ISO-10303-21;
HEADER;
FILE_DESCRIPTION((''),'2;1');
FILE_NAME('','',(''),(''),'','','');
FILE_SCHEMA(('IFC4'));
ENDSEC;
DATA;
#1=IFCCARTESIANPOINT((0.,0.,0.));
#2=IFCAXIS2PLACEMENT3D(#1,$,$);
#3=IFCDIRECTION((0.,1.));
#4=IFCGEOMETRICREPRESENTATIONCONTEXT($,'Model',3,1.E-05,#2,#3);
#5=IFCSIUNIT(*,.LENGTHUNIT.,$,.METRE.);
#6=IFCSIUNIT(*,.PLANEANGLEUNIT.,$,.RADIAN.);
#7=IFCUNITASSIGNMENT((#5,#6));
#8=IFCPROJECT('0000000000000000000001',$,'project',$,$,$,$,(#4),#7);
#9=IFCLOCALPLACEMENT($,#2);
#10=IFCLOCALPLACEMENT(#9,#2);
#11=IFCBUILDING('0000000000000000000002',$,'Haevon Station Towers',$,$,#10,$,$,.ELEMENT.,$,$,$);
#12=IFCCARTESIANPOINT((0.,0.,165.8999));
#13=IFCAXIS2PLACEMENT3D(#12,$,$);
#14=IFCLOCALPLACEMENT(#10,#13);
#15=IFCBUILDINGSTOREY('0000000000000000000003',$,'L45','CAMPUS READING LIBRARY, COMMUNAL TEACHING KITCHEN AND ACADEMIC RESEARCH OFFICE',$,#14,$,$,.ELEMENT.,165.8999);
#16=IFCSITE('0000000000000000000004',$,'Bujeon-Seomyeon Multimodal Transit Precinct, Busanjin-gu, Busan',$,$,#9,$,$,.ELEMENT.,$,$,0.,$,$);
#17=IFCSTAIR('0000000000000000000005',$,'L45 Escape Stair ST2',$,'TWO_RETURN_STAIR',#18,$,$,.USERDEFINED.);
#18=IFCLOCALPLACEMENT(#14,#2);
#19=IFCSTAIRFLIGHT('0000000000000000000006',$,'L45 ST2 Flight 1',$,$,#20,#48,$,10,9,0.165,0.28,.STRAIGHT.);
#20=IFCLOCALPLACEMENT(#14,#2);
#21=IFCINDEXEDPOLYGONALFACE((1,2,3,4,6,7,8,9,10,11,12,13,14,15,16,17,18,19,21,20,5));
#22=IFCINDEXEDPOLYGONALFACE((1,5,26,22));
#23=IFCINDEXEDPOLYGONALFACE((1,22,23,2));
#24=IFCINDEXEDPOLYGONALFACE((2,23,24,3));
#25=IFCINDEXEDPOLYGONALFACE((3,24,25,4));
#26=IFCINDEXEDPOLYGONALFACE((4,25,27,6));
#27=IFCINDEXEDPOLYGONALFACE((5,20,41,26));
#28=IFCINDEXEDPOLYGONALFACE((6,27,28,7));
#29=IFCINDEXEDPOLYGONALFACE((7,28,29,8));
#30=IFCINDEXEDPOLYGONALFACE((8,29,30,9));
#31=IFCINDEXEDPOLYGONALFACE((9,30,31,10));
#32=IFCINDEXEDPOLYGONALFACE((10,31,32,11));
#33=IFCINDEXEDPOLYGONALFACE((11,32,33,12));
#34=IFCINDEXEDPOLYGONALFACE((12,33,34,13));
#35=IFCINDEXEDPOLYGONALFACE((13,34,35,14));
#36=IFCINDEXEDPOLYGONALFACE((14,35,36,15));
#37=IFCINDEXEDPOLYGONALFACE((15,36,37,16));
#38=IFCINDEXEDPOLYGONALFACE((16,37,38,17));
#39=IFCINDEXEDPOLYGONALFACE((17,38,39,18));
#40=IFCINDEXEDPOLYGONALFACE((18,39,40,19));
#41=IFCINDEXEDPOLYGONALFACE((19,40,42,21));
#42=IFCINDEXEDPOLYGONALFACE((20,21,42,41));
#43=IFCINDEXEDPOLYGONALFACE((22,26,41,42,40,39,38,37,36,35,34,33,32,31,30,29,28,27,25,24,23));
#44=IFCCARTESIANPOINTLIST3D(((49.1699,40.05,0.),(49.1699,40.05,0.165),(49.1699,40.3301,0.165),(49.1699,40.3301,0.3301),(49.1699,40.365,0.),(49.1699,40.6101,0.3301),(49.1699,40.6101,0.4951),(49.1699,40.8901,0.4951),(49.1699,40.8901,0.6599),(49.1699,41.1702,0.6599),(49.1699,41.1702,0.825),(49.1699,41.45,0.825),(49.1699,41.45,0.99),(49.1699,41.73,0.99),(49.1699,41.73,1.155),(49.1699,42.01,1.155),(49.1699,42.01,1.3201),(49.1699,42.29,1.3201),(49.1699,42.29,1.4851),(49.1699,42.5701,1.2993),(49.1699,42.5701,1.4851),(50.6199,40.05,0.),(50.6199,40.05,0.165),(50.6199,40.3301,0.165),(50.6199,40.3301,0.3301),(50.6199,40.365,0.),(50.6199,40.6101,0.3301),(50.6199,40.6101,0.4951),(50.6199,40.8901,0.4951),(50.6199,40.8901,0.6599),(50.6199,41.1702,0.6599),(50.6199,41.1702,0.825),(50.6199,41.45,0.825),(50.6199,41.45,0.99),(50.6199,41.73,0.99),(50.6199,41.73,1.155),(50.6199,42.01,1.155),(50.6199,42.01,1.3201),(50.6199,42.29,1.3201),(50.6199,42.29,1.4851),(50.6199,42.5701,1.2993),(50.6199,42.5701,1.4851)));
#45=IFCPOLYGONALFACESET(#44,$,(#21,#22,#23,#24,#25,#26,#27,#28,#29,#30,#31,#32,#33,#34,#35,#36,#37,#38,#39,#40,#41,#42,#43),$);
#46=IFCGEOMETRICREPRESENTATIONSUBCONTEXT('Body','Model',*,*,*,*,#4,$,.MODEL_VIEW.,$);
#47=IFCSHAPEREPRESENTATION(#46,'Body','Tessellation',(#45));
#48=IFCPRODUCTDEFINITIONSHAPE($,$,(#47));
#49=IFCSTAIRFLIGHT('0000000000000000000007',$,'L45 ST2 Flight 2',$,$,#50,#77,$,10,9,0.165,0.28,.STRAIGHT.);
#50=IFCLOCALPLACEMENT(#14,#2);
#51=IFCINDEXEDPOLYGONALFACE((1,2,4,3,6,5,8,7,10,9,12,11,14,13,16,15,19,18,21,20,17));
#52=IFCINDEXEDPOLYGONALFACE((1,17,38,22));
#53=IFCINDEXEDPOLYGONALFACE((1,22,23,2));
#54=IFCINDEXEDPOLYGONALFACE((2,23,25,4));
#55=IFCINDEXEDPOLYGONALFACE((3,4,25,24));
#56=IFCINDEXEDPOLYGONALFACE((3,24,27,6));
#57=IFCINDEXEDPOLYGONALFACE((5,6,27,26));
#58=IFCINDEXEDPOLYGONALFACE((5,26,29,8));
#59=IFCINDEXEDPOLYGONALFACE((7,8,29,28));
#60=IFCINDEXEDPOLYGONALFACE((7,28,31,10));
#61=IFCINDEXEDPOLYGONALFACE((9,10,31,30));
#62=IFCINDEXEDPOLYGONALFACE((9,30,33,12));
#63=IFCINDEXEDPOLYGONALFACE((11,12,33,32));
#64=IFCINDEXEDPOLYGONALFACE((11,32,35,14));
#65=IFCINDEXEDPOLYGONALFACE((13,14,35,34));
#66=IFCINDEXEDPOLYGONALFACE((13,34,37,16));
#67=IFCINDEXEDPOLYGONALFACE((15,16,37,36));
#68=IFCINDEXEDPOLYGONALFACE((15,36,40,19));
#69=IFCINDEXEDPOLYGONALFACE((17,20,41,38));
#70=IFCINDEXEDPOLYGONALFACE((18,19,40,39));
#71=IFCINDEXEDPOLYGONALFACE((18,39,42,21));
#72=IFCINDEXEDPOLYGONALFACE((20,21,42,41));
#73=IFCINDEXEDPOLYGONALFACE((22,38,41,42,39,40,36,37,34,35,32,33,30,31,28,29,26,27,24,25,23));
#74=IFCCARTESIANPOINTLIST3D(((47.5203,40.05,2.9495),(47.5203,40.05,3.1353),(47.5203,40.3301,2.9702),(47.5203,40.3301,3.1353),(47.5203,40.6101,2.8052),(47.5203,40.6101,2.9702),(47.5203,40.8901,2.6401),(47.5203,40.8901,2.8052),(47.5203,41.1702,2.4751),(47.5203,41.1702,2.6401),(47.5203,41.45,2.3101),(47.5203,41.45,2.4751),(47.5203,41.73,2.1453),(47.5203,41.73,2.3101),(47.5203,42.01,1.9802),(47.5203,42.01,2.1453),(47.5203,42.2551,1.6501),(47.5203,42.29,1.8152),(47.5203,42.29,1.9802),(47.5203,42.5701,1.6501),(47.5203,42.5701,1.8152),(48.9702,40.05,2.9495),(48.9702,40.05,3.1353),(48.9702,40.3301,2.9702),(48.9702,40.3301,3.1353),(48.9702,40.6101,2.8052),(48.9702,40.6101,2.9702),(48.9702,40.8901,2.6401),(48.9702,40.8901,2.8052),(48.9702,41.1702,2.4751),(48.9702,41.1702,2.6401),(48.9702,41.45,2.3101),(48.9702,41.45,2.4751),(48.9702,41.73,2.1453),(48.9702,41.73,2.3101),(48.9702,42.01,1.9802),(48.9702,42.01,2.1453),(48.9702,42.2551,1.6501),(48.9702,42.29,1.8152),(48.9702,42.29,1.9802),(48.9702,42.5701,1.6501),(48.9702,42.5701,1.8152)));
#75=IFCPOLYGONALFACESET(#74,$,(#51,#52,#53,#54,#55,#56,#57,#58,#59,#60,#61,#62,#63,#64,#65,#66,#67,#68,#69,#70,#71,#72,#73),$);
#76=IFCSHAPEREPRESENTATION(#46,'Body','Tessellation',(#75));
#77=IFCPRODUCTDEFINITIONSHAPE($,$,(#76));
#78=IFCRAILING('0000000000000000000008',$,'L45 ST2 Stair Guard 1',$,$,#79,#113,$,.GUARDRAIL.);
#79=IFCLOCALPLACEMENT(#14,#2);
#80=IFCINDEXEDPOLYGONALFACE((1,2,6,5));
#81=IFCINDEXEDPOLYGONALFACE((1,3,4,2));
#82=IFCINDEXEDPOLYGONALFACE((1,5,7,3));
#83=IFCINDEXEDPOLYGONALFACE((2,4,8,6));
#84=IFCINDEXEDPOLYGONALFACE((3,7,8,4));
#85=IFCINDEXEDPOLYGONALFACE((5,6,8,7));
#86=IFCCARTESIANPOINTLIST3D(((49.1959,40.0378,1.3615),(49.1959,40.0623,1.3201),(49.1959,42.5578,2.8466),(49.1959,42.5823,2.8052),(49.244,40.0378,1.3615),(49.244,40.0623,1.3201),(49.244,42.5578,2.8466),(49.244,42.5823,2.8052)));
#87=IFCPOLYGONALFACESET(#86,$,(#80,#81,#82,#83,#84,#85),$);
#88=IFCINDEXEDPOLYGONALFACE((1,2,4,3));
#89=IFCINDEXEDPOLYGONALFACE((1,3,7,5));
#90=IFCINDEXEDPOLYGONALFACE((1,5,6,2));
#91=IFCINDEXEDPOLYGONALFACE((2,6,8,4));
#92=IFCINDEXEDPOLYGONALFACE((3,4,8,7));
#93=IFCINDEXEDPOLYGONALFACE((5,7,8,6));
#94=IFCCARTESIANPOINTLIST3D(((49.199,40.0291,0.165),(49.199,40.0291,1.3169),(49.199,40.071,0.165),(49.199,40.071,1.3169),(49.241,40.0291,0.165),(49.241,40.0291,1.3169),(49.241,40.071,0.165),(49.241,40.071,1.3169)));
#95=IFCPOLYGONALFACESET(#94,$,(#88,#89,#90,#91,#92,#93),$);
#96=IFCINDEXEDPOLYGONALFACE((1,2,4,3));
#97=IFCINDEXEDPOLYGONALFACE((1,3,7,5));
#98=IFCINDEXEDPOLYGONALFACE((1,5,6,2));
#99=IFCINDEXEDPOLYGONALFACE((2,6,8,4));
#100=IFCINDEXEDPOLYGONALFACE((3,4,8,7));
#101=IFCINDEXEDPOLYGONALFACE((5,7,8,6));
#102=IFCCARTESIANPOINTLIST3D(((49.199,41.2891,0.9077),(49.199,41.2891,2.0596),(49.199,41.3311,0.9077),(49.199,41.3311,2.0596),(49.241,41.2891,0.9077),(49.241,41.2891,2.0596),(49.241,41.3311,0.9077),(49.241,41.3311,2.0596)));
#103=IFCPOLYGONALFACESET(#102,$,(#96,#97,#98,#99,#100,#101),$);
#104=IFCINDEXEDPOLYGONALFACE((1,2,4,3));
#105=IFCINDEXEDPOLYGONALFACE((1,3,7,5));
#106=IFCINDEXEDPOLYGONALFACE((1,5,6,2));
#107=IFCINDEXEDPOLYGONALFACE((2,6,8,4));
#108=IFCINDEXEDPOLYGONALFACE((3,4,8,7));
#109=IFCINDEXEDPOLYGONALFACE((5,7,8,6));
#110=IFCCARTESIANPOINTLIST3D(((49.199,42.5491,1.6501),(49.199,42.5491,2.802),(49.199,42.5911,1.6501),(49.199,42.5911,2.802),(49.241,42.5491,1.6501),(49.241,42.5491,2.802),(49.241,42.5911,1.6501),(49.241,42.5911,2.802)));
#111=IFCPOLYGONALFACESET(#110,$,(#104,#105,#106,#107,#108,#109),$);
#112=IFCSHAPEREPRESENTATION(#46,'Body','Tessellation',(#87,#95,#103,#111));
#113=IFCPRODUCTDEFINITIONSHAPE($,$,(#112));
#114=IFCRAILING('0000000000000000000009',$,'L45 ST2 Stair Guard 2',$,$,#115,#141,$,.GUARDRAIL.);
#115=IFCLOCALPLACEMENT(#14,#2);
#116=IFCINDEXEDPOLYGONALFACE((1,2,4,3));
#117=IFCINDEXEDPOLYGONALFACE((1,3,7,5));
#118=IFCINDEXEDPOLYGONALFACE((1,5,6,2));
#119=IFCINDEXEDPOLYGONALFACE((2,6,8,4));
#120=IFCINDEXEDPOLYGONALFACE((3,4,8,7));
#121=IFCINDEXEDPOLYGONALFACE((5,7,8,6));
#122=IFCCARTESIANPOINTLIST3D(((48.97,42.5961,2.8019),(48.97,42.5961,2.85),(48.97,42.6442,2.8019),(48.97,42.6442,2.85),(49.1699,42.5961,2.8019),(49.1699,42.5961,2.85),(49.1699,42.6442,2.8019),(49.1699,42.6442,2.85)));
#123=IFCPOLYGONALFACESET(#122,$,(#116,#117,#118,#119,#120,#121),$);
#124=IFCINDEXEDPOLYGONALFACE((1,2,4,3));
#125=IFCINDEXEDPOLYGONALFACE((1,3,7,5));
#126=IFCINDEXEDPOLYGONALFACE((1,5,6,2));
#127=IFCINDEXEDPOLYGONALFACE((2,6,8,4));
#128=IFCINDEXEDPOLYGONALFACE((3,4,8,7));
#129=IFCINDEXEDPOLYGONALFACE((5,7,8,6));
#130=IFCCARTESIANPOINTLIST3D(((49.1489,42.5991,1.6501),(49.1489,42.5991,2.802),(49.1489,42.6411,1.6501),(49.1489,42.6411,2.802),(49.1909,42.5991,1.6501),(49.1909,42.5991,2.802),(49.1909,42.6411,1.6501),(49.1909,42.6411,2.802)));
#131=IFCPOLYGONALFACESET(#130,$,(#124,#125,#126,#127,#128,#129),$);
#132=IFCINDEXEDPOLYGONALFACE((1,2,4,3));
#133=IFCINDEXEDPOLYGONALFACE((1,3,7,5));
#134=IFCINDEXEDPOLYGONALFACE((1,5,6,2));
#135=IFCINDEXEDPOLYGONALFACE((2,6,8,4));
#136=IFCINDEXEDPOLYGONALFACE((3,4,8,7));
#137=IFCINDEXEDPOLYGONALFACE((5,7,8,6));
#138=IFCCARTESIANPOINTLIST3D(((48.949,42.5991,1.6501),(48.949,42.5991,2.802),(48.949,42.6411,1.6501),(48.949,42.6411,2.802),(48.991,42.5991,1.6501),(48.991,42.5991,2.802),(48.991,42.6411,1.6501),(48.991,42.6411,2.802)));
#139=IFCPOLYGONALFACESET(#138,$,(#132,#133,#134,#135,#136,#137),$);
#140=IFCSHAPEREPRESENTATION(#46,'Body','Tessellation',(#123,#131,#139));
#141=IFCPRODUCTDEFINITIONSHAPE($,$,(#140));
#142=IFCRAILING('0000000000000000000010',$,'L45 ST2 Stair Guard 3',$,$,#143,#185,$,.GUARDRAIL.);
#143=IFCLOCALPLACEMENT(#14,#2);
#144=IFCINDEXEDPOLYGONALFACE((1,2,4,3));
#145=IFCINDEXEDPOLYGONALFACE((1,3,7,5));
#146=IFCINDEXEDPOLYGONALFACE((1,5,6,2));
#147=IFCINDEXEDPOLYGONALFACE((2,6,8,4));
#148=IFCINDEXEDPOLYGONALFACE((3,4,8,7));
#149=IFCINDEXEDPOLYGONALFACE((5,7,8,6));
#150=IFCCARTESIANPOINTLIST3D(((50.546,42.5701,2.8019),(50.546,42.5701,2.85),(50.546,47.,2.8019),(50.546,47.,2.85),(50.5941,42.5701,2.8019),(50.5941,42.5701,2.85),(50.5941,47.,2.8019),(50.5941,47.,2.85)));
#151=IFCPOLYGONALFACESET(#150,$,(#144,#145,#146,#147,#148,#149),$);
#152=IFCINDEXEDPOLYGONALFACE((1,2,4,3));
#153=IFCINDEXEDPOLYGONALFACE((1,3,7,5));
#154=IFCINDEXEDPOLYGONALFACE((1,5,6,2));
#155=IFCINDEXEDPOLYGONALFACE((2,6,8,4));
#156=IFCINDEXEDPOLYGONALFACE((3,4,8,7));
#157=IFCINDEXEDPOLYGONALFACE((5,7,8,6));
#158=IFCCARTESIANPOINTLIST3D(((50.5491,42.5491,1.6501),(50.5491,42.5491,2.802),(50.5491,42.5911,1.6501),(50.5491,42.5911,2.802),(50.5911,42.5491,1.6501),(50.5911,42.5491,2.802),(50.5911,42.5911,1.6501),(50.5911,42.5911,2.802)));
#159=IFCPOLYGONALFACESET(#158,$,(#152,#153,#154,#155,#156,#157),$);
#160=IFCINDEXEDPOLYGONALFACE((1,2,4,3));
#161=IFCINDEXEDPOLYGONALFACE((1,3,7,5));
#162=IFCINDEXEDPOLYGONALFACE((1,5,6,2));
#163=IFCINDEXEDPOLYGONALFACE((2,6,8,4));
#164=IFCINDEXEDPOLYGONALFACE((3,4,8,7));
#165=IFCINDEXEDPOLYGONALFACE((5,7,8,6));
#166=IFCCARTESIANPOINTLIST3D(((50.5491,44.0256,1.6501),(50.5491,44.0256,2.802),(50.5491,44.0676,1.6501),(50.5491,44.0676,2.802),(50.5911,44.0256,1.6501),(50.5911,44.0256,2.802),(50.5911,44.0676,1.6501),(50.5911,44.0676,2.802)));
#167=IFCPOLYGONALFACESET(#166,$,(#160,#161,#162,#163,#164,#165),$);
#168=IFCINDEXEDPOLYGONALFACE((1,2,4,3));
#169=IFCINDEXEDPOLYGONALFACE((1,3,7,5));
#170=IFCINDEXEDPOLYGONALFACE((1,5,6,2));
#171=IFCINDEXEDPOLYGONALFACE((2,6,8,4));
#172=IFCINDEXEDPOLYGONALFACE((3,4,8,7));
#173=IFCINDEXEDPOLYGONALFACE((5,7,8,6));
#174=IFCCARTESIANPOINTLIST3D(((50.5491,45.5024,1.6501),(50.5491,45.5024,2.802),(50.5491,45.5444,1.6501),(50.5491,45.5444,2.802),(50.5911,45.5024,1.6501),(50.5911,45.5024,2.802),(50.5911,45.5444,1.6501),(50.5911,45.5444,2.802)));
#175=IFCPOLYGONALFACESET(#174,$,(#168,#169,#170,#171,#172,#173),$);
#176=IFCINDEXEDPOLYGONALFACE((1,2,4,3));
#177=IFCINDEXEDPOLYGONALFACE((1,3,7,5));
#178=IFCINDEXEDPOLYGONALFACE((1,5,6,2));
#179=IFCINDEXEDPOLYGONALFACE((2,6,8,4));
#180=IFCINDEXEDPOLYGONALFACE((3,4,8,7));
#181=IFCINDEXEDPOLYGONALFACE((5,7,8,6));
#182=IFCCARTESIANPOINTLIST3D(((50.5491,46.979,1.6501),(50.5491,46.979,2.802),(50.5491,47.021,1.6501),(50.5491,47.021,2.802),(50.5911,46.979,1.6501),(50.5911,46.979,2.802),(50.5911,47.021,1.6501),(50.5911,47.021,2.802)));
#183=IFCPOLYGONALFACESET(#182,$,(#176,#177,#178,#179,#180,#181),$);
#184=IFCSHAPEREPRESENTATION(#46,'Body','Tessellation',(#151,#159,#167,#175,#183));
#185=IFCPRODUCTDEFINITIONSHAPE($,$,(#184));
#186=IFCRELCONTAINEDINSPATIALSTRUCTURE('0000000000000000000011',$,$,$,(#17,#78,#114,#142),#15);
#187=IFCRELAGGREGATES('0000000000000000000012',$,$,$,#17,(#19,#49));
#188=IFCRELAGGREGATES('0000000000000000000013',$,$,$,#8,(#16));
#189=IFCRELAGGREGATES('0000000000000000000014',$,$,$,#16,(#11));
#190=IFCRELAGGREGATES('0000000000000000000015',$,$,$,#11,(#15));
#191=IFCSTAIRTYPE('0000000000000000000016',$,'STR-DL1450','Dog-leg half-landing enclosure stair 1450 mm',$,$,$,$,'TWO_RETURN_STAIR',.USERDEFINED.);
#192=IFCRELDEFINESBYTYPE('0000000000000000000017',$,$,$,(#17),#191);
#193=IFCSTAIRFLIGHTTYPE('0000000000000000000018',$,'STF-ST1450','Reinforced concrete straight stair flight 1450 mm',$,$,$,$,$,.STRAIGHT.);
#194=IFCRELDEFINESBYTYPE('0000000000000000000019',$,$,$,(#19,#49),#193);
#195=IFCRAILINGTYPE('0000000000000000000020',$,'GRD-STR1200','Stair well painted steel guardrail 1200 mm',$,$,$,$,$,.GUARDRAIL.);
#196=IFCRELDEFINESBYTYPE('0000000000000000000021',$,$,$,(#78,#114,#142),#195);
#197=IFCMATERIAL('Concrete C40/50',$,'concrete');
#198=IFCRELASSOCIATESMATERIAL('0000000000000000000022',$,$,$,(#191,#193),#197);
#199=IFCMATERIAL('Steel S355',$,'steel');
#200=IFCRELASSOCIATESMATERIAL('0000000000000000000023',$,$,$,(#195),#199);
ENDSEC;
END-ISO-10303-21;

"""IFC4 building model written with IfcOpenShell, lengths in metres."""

from ifc_helpers import new_model, si_unit, direction, frame, origin, origin_2d, place, context, subcontext, project, spatial, polyline, rectangle, outline, extrude, material, type_object, element, aggregate, save


model = new_model("IFC4")

# Units and contexts
model_context = context("Model", 3, precision=1e-05, world=origin(), true_north=direction((0.0, 1.0)))
body_context = subcontext(model_context, "Body", "Model", "MODEL_VIEW")
ifc_project = project(units=[si_unit("LENGTHUNIT", "METRE"), si_unit("PLANEANGLEUNIT", "RADIAN")], contexts=[model_context])

# Site, building, storey
site_placement = place(None, origin())
site = spatial("IfcSite", under=ifc_project, at=site_placement, Name="Bujeon-Seomyeon Multimodal Transit Precinct, Busanjin-gu, Busan", CompositionType="ELEMENT", RefElevation=0.0)
building_placement = place(site_placement, origin())
building = spatial("IfcBuilding", under=site, at=building_placement, Name="Haevon Station Towers", CompositionType="ELEMENT")
storey_placement = place(building_placement, frame((0.0, 0.0, 165.8999)))
storey = spatial("IfcBuildingStorey", under=building, at=storey_placement, Name="L45", Description="CAMPUS READING LIBRARY, COMMUNAL TEACHING KITCHEN AND ACADEMIC RESEARCH OFFICE", CompositionType="ELEMENT", Elevation=165.8999)

# Shared definitions
ifc_material_1 = material(Name="Steel S355", Category="steel")

# Shared definitions
ifc_material_2 = material(Name="Concrete C40/50", Category="concrete")

# Stair, stair flights
stair_type = type_object("IfcStairType", Name="STR-DL1450", Description="Dog-leg half-landing enclosure stair 1450 mm", ElementType="TWO_RETURN_STAIR", PredefinedType="USERDEFINED", material=ifc_material_2)
stair_placement = place(storey_placement, origin())
stair = element("IfcStair", 1, at=stair_placement, inside=storey, type_object=stair_type, Name="L45 Escape Stair ST2", ObjectType="TWO_RETURN_STAIR", PredefinedType="USERDEFINED")
stair_flight_type = type_object("IfcStairFlightType", Name="STF-ST1450", Description="Reinforced concrete straight stair flight 1450 mm", PredefinedType="STRAIGHT", material=ifc_material_2)
stair_flight_1_placement = place(storey_placement, frame((49.895, 40.05, 0.0), z_axis=(0.0, 0.0, 1.0), x_axis=(0.0, 1.0, 0.0)))
stair_flight_1 = element("IfcStairFlight", 2, at=stair_flight_1_placement, type_object=stair_flight_type, Name="L45 ST2 Flight 1", NumberOfRisers=10, NumberOfTreads=9, PredefinedType="STRAIGHT", RiserHeight=0.165, TreadLength=0.28, context=body_context, shape_type="SweptSolid", body=[
    extrude(outline(polyline([(0.0, 0.0), (0.0, 0.165), (0.28, 0.165), (0.28, 0.3301), (0.5601, 0.3301), (0.5601, 0.4951), (0.8401, 0.4951), (0.8401, 0.6599), (1.1201, 0.6599), (1.1201, 0.825), (1.3999, 0.825), (1.3999, 0.99), (1.6799, 0.99), (1.6799, 1.155), (1.96, 1.155), (1.96, 1.3201), (2.24, 1.3201), (2.24, 1.4851), (2.52, 1.4851), (2.52, 1.6499), (2.52, 1.2993), (0.3149, 0.0), (0.0, 0.0)])), frame((0.0, 0.7251, 0.0), z_axis=(0.0, -1.0, 0.0), x_axis=(1.0, 0.0, 0.0)), (0.0, 0.0, 1.0), 1.45),
])
stair_flight_2_placement = place(storey_placement, frame((48.2451, 42.5701, 1.6501), z_axis=(0.0, 0.0, 1.0), x_axis=(0.0, -1.0, 0.0)))
stair_flight_2 = element("IfcStairFlight", 3, at=stair_flight_2_placement, type_object=stair_flight_type, Name="L45 ST2 Flight 2", NumberOfRisers=10, NumberOfTreads=9, PredefinedType="STRAIGHT", RiserHeight=0.165, TreadLength=0.28, context=body_context, shape_type="SweptSolid", body=[
    extrude(outline(polyline([(0.0, 0.0), (0.0, 0.165), (0.28, 0.165), (0.28, 0.3301), (0.5601, 0.3301), (0.5601, 0.4951), (0.8401, 0.4951), (0.8401, 0.6599), (1.1201, 0.6599), (1.1201, 0.825), (1.3999, 0.825), (1.3999, 0.99), (1.6799, 0.99), (1.6799, 1.155), (1.96, 1.155), (1.96, 1.3201), (2.24, 1.3201), (2.24, 1.4851), (2.52, 1.4851), (2.52, 1.6499), (2.52, 1.2993), (0.3149, 0.0), (0.0, 0.0)])), frame((0.0, 0.7251, 0.0), z_axis=(0.0, -1.0, 0.0), x_axis=(1.0, 0.0, 0.0)), (0.0, 0.0, 1.0), 1.45),
])
aggregate(stair, [stair_flight_1, stair_flight_2])

# Railings
railing_type_1 = type_object("IfcRailingType", Name="GRD-STR1200", Description="Stair well painted steel guardrail 1200 mm", PredefinedType="GUARDRAIL", material=ifc_material_1)
railing_1_placement = place(storey_placement, frame((49.22, 40.05, 0.165)))
element("IfcRailing", 4, at=railing_1_placement, inside=storey, type_object=railing_type_1, Name="L45 ST2 Stair Guard 1", PredefinedType="GUARDRAIL", context=body_context, shape_type="SweptSolid", body=[
    extrude(rectangle(XDim=0.0481, YDim=0.0481, at=origin_2d()), frame((0.0, 0.0, 1.1758), z_axis=(0.0, 0.861524, 0.507717), x_axis=(-1.0, 0.0, 0.0)), (0.0, 0.0, 1.0), 2.925),
    extrude(rectangle(XDim=0.042, YDim=0.042, at=origin_2d()), origin(), (0.0, 0.0, 1.0), 1.1519),
    extrude(rectangle(XDim=0.042, YDim=0.042, at=origin_2d()), frame((0.0, 1.26, 0.7427)), (0.0, 0.0, 1.0), 1.1519),
    extrude(rectangle(XDim=0.042, YDim=0.042, at=origin_2d()), frame((0.0, 2.52, 1.4851)), (0.0, 0.0, 1.0), 1.1519),
])
railing_2_placement = place(storey_placement, frame((49.1699, 42.6201, 1.6501)))
element("IfcRailing", 5, at=railing_2_placement, inside=storey, type_object=railing_type_1, Name="L45 ST2 Stair Guard 2", PredefinedType="GUARDRAIL", context=body_context, shape_type="SweptSolid", body=[
    extrude(rectangle(XDim=0.0481, YDim=0.0481, at=origin_2d()), frame((0.0, 0.0, 1.1758), z_axis=(-1.0, 0.0, 0.0), x_axis=(0.0, -1.0, 0.0)), (0.0, 0.0, 1.0), 0.2),
    extrude(rectangle(XDim=0.042, YDim=0.042, at=origin_2d()), origin(), (0.0, 0.0, 1.0), 1.1519),
    extrude(rectangle(XDim=0.042, YDim=0.042, at=origin_2d()), frame((-0.2, 0.0, 0.0)), (0.0, 0.0, 1.0), 1.1519),
])
for number, where, name in (
    (6, (50.5701, 42.5701, 1.6501), "L45 ST2 Stair Guard 3"),
):
    element("IfcRailing", number, at=place(storey_placement, frame(where)), inside=storey, type_object=railing_type_1, Name=name, PredefinedType="GUARDRAIL", context=body_context, shape_type="SweptSolid", body=[
        extrude(rectangle(XDim=0.0481, YDim=0.0481, at=origin_2d()), frame((0.0, 0.0, 1.1758), z_axis=(0.0, 1.0, 0.0), x_axis=(-1.0, 0.0, 0.0)), (0.0, 0.0, 1.0), 4.4299),
        extrude(rectangle(XDim=0.042, YDim=0.042, at=origin_2d()), origin(), (0.0, 0.0, 1.0), 1.1519),
        extrude(rectangle(XDim=0.042, YDim=0.042, at=origin_2d()), frame((0.0, 1.4766, 0.0)), (0.0, 0.0, 1.0), 1.1519),
        extrude(rectangle(XDim=0.042, YDim=0.042, at=origin_2d()), frame((0.0, 2.9534, 0.0)), (0.0, 0.0, 1.0), 1.1519),
        extrude(rectangle(XDim=0.042, YDim=0.042, at=origin_2d()), frame((0.0, 4.4299, 0.0)), (0.0, 0.0, 1.0), 1.1519),
    ])

save(model, "model.ifc")
